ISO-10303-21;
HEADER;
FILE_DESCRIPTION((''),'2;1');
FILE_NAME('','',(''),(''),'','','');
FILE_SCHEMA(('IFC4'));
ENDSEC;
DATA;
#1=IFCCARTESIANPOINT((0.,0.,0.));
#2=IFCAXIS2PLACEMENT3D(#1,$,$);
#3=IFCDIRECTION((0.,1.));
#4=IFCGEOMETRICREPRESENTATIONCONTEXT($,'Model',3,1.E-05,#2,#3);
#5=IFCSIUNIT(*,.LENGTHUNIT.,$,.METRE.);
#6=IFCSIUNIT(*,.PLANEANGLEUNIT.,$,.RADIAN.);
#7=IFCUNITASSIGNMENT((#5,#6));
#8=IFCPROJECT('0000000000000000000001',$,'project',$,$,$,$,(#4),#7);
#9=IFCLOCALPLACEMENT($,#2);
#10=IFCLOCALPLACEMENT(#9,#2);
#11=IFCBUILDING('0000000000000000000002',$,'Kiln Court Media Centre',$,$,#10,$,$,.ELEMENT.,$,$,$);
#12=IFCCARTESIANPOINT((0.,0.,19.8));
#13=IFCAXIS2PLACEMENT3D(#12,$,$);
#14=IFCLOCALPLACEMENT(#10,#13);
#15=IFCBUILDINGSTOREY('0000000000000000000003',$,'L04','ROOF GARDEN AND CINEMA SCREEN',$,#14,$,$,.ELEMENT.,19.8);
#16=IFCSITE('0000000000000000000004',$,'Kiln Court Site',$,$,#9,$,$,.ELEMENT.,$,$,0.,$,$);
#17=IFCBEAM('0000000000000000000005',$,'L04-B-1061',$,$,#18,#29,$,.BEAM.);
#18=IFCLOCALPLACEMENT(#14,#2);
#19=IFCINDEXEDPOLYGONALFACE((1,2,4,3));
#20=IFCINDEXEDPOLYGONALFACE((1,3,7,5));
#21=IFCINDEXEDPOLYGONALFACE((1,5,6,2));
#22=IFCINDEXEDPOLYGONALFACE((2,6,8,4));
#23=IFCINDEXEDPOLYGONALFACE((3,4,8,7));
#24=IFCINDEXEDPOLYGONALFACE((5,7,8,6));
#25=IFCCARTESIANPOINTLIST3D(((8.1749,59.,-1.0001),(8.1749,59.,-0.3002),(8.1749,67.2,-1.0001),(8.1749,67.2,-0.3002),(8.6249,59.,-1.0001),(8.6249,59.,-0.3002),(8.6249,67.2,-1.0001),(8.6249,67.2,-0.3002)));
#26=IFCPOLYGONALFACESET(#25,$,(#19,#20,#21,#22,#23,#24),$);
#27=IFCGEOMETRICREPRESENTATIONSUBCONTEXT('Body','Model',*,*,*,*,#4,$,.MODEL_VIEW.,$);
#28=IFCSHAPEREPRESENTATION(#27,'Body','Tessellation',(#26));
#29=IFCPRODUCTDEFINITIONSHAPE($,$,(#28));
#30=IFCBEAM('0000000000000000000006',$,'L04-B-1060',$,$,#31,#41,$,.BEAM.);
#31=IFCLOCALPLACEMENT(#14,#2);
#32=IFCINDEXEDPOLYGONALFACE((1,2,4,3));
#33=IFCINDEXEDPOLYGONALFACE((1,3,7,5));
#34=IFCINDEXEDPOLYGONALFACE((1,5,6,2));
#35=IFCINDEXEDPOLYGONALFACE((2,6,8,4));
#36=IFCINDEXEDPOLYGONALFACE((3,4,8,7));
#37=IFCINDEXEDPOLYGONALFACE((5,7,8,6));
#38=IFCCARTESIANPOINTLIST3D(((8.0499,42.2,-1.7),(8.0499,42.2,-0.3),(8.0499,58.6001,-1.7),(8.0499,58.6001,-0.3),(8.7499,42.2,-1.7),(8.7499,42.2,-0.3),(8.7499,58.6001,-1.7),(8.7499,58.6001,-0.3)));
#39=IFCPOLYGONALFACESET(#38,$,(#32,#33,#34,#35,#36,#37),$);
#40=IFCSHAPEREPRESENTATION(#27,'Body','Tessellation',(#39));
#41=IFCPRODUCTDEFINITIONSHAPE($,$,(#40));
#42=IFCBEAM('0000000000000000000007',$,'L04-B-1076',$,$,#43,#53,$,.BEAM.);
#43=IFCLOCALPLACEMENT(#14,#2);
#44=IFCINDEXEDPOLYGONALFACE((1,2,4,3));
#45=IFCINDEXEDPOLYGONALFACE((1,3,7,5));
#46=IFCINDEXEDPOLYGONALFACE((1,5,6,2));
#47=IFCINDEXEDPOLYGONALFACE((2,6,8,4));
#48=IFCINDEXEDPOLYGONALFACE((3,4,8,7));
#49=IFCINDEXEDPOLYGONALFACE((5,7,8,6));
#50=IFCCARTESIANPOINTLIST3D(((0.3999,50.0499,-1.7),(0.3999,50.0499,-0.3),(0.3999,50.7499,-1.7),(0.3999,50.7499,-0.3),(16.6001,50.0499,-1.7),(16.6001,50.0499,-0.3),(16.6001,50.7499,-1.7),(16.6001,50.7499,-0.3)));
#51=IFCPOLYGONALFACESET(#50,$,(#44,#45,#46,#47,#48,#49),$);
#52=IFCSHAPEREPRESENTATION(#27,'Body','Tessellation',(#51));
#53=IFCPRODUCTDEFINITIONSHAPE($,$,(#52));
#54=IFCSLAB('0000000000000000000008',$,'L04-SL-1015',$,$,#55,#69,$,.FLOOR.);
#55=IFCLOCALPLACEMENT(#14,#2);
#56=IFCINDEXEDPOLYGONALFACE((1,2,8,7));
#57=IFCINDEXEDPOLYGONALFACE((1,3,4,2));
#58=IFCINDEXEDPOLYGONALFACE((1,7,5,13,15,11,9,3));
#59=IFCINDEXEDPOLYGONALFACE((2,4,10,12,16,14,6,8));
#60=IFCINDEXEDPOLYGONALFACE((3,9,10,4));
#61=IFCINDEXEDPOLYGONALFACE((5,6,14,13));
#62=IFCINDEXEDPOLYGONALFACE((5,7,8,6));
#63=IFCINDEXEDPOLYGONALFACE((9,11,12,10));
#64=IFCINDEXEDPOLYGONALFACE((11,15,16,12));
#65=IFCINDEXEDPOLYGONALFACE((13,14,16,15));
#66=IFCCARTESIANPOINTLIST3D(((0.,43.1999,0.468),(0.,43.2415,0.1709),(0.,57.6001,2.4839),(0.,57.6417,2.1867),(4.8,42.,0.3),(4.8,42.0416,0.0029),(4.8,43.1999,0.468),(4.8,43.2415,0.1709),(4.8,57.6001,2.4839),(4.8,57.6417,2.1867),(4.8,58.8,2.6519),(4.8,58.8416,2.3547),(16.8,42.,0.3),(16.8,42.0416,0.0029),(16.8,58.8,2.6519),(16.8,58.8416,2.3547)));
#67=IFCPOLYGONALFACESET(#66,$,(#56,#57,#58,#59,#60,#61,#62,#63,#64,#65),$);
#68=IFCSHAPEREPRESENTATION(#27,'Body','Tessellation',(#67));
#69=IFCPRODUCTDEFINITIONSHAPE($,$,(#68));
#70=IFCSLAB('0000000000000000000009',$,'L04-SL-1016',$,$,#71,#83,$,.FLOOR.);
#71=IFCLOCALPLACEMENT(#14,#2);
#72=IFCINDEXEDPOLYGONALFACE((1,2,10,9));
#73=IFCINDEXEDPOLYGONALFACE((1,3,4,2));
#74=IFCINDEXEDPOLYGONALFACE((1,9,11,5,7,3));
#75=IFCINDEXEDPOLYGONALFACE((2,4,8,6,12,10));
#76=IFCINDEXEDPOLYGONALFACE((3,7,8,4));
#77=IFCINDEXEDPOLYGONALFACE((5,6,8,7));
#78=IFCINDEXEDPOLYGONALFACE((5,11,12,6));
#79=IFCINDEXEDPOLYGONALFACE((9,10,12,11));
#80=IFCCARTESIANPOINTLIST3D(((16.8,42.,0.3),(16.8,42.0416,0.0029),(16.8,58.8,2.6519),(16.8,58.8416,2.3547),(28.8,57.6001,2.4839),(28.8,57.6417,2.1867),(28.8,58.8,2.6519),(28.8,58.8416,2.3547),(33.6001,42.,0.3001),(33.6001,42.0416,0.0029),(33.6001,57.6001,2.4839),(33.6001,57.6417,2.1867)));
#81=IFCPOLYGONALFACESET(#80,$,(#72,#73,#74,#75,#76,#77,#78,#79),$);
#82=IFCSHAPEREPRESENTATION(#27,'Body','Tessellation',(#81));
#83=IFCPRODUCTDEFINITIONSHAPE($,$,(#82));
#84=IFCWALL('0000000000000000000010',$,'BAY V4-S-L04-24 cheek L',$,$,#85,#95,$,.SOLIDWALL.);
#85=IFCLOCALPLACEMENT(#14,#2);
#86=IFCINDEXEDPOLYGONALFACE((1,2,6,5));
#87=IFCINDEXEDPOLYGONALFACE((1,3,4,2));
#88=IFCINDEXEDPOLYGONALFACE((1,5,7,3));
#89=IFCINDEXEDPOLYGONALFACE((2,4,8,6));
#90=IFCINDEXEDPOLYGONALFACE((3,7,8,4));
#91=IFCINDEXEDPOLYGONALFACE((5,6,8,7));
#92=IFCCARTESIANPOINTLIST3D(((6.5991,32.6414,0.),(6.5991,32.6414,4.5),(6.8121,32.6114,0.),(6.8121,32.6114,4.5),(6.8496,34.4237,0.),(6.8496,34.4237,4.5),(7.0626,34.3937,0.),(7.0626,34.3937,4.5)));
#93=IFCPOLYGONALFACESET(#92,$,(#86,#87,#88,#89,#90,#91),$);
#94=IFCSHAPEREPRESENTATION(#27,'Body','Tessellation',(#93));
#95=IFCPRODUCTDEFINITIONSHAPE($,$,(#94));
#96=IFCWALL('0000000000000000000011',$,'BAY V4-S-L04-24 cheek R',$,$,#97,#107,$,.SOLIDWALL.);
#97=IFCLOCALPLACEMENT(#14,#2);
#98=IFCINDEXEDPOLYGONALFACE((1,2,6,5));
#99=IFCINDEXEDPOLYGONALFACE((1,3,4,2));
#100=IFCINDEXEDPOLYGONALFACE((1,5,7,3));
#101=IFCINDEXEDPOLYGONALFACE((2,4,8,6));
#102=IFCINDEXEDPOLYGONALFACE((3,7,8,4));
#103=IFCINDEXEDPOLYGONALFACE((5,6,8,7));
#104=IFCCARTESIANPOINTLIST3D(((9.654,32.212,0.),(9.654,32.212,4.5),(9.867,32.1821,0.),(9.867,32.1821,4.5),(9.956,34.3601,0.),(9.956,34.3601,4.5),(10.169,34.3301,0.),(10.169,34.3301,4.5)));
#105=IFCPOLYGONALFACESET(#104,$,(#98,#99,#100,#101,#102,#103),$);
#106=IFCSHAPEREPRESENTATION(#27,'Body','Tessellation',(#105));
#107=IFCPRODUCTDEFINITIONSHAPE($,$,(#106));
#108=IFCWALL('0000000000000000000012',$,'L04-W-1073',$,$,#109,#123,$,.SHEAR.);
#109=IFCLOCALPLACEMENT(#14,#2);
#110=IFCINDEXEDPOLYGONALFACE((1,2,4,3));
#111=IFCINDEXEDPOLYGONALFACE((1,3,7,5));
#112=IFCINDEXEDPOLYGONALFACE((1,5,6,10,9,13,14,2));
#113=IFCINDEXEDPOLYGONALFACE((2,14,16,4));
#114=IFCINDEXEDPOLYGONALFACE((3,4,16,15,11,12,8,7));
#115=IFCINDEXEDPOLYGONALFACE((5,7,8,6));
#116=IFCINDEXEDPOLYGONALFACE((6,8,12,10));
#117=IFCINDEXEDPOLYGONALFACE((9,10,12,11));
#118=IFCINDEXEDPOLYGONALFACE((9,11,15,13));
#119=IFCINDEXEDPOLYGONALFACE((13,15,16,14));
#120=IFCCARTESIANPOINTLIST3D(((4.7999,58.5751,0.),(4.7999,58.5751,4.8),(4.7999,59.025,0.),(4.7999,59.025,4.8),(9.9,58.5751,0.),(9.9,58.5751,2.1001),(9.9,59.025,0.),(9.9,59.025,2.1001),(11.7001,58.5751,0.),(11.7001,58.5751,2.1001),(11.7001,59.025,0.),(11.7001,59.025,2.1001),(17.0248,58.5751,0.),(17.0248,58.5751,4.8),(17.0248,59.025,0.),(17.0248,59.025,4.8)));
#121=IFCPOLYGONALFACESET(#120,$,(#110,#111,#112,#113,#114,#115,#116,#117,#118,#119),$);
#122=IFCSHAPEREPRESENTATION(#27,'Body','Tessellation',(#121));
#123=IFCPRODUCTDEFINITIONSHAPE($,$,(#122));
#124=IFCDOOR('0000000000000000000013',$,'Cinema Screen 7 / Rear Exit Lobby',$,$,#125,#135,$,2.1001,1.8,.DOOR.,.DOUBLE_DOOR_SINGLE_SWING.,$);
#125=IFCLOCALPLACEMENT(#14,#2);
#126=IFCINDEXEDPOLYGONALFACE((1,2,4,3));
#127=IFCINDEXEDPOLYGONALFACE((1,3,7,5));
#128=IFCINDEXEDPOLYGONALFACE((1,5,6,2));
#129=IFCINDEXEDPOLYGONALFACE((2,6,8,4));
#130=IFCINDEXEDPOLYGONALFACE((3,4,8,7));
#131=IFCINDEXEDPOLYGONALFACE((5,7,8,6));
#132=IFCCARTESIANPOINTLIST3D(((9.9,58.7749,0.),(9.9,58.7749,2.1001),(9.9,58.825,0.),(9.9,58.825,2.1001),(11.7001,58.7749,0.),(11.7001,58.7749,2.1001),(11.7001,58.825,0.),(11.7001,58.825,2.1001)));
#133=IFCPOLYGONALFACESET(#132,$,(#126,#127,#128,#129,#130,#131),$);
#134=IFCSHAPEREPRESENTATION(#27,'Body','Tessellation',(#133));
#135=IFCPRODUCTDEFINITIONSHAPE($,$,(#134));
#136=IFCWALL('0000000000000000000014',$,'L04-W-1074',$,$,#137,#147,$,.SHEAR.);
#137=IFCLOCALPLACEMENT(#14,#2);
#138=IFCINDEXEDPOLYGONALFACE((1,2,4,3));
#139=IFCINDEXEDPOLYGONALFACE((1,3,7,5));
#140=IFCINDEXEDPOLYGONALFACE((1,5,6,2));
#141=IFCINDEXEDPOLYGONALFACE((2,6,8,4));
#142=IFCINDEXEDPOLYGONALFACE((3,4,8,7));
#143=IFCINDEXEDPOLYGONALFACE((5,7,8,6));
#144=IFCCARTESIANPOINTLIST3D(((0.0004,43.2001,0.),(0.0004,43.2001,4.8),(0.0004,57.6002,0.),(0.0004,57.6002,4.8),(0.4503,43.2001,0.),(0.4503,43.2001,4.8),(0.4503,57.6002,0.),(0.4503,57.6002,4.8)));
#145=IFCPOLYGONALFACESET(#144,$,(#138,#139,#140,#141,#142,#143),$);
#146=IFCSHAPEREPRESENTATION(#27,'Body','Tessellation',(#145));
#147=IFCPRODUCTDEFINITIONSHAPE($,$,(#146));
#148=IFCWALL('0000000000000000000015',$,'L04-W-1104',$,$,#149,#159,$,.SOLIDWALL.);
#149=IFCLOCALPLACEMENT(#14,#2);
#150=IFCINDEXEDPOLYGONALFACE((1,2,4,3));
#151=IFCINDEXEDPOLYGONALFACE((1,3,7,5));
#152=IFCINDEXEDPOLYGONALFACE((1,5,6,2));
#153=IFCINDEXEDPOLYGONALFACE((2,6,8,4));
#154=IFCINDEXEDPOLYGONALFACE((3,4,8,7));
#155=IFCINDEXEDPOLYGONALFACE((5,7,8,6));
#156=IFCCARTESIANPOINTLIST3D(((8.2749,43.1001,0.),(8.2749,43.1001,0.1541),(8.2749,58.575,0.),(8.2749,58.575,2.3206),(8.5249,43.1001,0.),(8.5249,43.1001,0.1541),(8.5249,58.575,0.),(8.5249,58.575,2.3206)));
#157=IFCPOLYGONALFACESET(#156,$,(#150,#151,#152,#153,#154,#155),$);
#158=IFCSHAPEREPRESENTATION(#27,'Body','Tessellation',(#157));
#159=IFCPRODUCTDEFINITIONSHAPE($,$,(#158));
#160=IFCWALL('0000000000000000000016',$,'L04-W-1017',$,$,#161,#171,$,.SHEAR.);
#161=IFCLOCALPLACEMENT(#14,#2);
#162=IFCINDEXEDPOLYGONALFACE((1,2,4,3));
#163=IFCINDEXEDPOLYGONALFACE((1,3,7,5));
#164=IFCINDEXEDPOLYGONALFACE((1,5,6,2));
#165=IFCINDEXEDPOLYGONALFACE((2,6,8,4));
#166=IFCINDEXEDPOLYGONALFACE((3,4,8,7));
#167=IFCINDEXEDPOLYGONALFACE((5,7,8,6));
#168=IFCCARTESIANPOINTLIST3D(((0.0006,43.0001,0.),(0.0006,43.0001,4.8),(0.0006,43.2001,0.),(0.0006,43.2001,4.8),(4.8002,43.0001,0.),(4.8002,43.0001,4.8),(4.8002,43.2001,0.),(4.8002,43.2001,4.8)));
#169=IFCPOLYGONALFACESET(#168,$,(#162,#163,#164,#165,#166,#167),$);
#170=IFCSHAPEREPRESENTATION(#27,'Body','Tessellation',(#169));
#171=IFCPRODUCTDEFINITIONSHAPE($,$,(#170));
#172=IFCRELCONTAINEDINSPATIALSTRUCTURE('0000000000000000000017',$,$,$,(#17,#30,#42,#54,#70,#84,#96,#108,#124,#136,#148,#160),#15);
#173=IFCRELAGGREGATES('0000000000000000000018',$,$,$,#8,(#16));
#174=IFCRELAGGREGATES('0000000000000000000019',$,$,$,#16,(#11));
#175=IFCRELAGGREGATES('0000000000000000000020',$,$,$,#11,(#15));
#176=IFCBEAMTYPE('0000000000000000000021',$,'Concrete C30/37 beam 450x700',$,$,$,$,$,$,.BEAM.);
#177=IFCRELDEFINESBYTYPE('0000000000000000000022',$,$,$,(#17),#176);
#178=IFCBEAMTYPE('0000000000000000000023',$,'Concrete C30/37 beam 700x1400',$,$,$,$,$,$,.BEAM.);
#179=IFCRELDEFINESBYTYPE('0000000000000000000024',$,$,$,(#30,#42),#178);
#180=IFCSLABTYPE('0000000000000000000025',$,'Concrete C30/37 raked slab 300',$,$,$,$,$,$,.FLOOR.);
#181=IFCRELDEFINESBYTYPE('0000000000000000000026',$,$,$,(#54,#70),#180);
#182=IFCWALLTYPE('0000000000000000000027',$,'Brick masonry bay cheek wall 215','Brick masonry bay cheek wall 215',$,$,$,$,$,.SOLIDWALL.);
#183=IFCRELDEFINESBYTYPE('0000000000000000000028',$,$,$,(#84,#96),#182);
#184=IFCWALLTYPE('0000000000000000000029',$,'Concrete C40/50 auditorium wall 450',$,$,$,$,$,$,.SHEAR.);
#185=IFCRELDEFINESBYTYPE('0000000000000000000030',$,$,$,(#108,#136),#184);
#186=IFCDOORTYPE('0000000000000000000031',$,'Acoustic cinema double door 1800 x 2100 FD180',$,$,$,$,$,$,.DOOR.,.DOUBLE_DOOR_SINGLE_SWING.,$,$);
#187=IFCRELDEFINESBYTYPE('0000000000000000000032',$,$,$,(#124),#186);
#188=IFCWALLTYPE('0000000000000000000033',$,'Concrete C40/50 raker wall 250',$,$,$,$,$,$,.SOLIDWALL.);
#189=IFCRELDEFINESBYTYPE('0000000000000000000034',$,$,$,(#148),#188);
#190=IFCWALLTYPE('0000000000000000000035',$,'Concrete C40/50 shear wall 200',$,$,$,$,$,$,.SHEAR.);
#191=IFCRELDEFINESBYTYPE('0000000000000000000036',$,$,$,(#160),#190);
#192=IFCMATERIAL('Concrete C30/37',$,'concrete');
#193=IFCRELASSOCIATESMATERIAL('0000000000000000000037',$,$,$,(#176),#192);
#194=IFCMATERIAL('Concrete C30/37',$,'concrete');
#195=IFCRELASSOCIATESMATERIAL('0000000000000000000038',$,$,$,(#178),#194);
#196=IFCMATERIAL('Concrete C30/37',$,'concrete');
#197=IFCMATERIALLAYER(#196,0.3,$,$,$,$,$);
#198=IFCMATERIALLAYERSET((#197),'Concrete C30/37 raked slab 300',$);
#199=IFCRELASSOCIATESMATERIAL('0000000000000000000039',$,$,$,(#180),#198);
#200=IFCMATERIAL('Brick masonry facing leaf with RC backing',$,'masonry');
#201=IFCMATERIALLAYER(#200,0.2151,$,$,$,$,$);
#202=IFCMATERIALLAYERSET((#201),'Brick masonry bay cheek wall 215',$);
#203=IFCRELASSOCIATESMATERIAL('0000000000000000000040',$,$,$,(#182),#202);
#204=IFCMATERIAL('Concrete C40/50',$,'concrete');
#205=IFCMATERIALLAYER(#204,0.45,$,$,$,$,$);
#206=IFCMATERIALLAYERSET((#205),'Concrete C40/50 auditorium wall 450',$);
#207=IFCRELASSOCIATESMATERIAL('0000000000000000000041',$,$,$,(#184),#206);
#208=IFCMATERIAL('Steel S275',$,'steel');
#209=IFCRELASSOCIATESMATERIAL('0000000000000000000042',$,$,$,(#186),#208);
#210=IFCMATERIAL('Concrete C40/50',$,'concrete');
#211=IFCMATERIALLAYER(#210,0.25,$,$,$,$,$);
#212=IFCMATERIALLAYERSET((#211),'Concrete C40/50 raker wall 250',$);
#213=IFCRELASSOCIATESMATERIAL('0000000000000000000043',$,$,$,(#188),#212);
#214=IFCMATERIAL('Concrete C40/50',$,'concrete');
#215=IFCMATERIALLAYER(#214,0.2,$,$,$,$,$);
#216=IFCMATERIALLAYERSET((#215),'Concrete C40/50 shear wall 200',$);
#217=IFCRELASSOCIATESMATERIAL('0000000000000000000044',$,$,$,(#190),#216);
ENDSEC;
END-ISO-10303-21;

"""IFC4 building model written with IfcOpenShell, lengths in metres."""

from ifc_helpers import new_model, si_unit, direction, frame, frame_2d, origin, origin_2d, place, context, subcontext, project, spatial, polyline, rectangle, outline, extrude, material, layer, layer_set, material_profile, profile_set, type_object, element, fill, save


model = new_model("IFC4")

# Units and contexts
model_context = context("Model", 3, precision=1e-05, world=origin(), true_north=direction((0.0, 1.0)))
body_context = subcontext(model_context, "Body", "Model", "MODEL_VIEW")
ifc_project = project(units=[si_unit("LENGTHUNIT", "METRE"), si_unit("PLANEANGLEUNIT", "RADIAN")], contexts=[model_context])

# Site, building, storey
site_placement = place(None, origin())
site = spatial("IfcSite", under=ifc_project, at=site_placement, Name="Kiln Court Site", CompositionType="ELEMENT", RefElevation=0.0)
building_placement = place(site_placement, origin())
building = spatial("IfcBuilding", under=site, at=building_placement, Name="Kiln Court Media Centre", CompositionType="ELEMENT")
storey_placement = place(building_placement, frame((0.0, 0.0, 19.8)))
storey = spatial("IfcBuildingStorey", under=building, at=storey_placement, Name="L04", Description="ROOF GARDEN AND CINEMA SCREEN", CompositionType="ELEMENT", Elevation=19.8)

# Beams
ifc_material_1 = material(Name="Concrete C30/37", Category="concrete")
ifc_material_profile_1 = material_profile(ifc_material_1, rectangle(XDim=0.45, YDim=0.7, at=origin_2d()), Name="RC 450x700")
ifc_profile_set_1 = profile_set([ifc_material_profile_1], Name="Concrete C30/37")
beam_type_1 = type_object("IfcBeamType", Name="Concrete C30/37 beam 450x700", PredefinedType="BEAM", material=ifc_profile_set_1)
beam_1_placement = place(storey_placement, frame((8.3999, 59.0, -0.6501), z_axis=(0.0, 1.0, 0.0), x_axis=(-1.0, 0.0, 0.0)))
element("IfcBeam", 1, at=beam_1_placement, inside=storey, type_object=beam_type_1, Name="L04-B-1061", PredefinedType="BEAM", context=body_context, shape_type="SweptSolid", body=[
    extrude(rectangle(XDim=0.45, YDim=0.7, at=origin_2d()), origin(), (0.0, 0.0, 1.0), 8.2),
])
ifc_material_2 = material(Name="Concrete C30/37", Category="concrete")
ifc_material_profile_2 = material_profile(ifc_material_2, rectangle(XDim=0.7, YDim=1.3999, at=origin_2d()), Name="RC 700x1400")
ifc_profile_set_2 = profile_set([ifc_material_profile_2], Name="Concrete C30/37")
beam_type_2 = type_object("IfcBeamType", Name="Concrete C30/37 beam 700x1400", PredefinedType="BEAM", material=ifc_profile_set_2)
beam_2_placement = place(storey_placement, frame((8.3999, 42.2, -1.0), z_axis=(0.0, 1.0, 0.0), x_axis=(-1.0, 0.0, 0.0)))
element("IfcBeam", 2, at=beam_2_placement, inside=storey, type_object=beam_type_2, Name="L04-B-1060", PredefinedType="BEAM", context=body_context, shape_type="SweptSolid", body=[
    extrude(rectangle(XDim=0.7, YDim=1.3999, at=origin_2d()), origin(), (0.0, 0.0, 1.0), 16.4001),
])
beam_3_placement = place(storey_placement, frame((0.3999, 50.3999, -1.0), z_axis=(1.0, 0.0, 0.0), x_axis=(0.0, 1.0, 0.0)))
element("IfcBeam", 3, at=beam_3_placement, inside=storey, type_object=beam_type_2, Name="L04-B-1076", PredefinedType="BEAM", context=body_context, shape_type="SweptSolid", body=[
    extrude(rectangle(XDim=0.7, YDim=1.3999, at=origin_2d()), origin(), (0.0, 0.0, 1.0), 16.2002),
])

# Slabs
ifc_material_3 = material(Name="Concrete C30/37", Category="concrete")
ifc_layer_1 = layer(ifc_material_3, 0.3)
ifc_layer_set_1 = layer_set([ifc_layer_1], Name="Concrete C30/37 raked slab 300")
slab_type = type_object("IfcSlabType", Name="Concrete C30/37 raked slab 300", PredefinedType="FLOOR", material=ifc_layer_set_1)
slab_1_placement = place(storey_placement, frame((4.8, 42.0, 0.3), z_axis=(0.0, -0.138637, 0.990343), x_axis=(0.0, 0.990343, 0.138637)))
element("IfcSlab", 4, at=slab_1_placement, inside=storey, type_object=slab_type, Name="L04-SL-1015", PredefinedType="FLOOR", context=body_context, shape_type="SweptSolid", body=[
    extrude(outline(polyline([(0.0, 0.0), (1.2117, 0.0), (1.2117, 4.8), (15.7522, 4.8), (15.7522, 0.0), (16.9639, 0.0), (16.9639, -12.0), (0.0, -12.0), (0.0, 0.0)])), origin(), (0.0, 0.0, -1.0), 0.3),
])
slab_2_placement = place(storey_placement, frame((16.8, 42.0, 0.3), z_axis=(0.0, -0.138636, 0.990343), x_axis=(0.0, 0.990343, 0.138636)))
element("IfcSlab", 5, at=slab_2_placement, inside=storey, type_object=slab_type, Name="L04-SL-1016", PredefinedType="FLOOR", context=body_context, shape_type="SweptSolid", body=[
    extrude(outline(polyline([(0.0, 0.0), (16.9639, 0.0), (16.9639, -12.0), (15.7522, -12.0), (15.7522, -16.8), (0.0, -16.8), (0.0, 0.0)])), origin(), (0.0, 0.0, -1.0), 0.3),
])

# Walls
ifc_material_4 = material(Name="Brick masonry facing leaf with RC backing", Category="masonry")
ifc_layer_2 = layer(ifc_material_4, 0.2151)
ifc_layer_set_2 = layer_set([ifc_layer_2], Name="Brick masonry bay cheek wall 215")
wall_type_1 = type_object("IfcWallType", Name="Brick masonry bay cheek wall 215", Description="Brick masonry bay cheek wall 215", PredefinedType="SOLIDWALL", material=ifc_layer_set_2)
wall_1_placement = place(storey_placement, frame((6.9561, 34.4087, 0.0), z_axis=(0.0, 0.0, 1.0), x_axis=(-0.13918, -0.990267, 0.0)))
element("IfcWall", 6, at=wall_1_placement, inside=storey, type_object=wall_type_1, Name="BAY V4-S-L04-24 cheek L", PredefinedType="SOLIDWALL", context=body_context, shape_type="SweptSolid", body=[
    extrude(rectangle(XDim=1.7998, YDim=0.2151, at=frame_2d((0.8999, 0.0))), origin(), (0.0, 0.0, 1.0), 4.5),
])
wall_2_placement = place(storey_placement, frame((10.0625, 34.345, 0.0), z_axis=(0.0, 0.0, 1.0), x_axis=(-0.139231, -0.99026, 0.0)))
element("IfcWall", 7, at=wall_2_placement, inside=storey, type_object=wall_type_1, Name="BAY V4-S-L04-24 cheek R", PredefinedType="SOLIDWALL", context=body_context, shape_type="SweptSolid", body=[
    extrude(rectangle(XDim=2.1692, YDim=0.2151, at=frame_2d((1.0845, 0.0))), origin(), (0.0, 0.0, 1.0), 4.5),
])

# Wall, opening, door
ifc_material_5 = material(Name="Concrete C40/50", Category="concrete")
ifc_layer_3 = layer(ifc_material_5, 0.45)
ifc_layer_set_3 = layer_set([ifc_layer_3], Name="Concrete C40/50 auditorium wall 450")
wall_type_2 = type_object("IfcWallType", Name="Concrete C40/50 auditorium wall 450", PredefinedType="SHEAR", material=ifc_layer_set_3)
wall_3_placement = place(storey_placement, frame((4.8, 58.8, 0.0), z_axis=(0.0, 0.0, 1.0), x_axis=(1.0, 0.0, 0.0)))
wall_3 = element("IfcWall", 8, at=wall_3_placement, inside=storey, type_object=wall_type_2, Name="L04-W-1073", PredefinedType="SHEAR", context=body_context, shape_type="SweptSolid", body=[
    extrude(rectangle(XDim=12.2249, YDim=0.45, at=frame_2d((6.1123, 0.0))), origin(), (0.0, 0.0, 1.0), 4.8),
])
opening_1_placement = place(wall_3_placement, frame((5.1001, 0.0, 0.0)))
opening_1 = element("IfcOpeningElement", 9, at=opening_1_placement, cuts=wall_3, PredefinedType="OPENING", context=body_context, shape_type="SweptSolid", body=[
    extrude(rectangle(XDim=1.8, YDim=2.1001, at=frame_2d((0.8999, 1.05))), frame((0.0, 0.2349, 0.0), z_axis=(0.0, -1.0, 0.0), x_axis=(1.0, 0.0, 0.0)), (0.0, 0.0, 1.0), 0.47),
])
ifc_material_6 = material(Name="Steel S275", Category="steel")
door_type_1 = type_object("IfcDoorType", Name="Acoustic cinema double door 1800 x 2100 FD180", OperationType="DOUBLE_DOOR_SINGLE_SWING", PredefinedType="DOOR", material=ifc_material_6)
door_1_placement = place(opening_1_placement, origin())
door_1 = element("IfcDoor", 10, at=door_1_placement, inside=storey, type_object=door_type_1, Name="Cinema Screen 7 / Rear Exit Lobby", OperationType="DOUBLE_DOOR_SINGLE_SWING", OverallHeight=2.1001, OverallWidth=1.8, PredefinedType="DOOR", context=body_context, shape_type="SweptSolid", body=[
    extrude(rectangle(XDim=1.8, YDim=2.1001, at=frame_2d((0.8999, 1.05))), frame((0.0, 0.0249, 0.0), z_axis=(0.0, -1.0, 0.0), x_axis=(1.0, 0.0, 0.0)), (0.0, 0.0, 1.0), 0.05),
])
fill(opening_1, door_1)

# Walls
wall_4_placement = place(storey_placement, frame((0.2253, 43.2, 0.0), z_axis=(0.0, 0.0, 1.0), x_axis=(0.0, 1.0, 0.0)))
element("IfcWall", 11, at=wall_4_placement, inside=storey, type_object=wall_type_2, Name="L04-W-1074", PredefinedType="SHEAR", context=body_context, shape_type="SweptSolid", body=[
    extrude(rectangle(XDim=14.4001, YDim=0.45, at=frame_2d((7.2002, 0.0))), origin(), (0.0, 0.0, 1.0), 4.8),
])
ifc_material_7 = material(Name="Concrete C40/50", Category="concrete")
ifc_layer_4 = layer(ifc_material_7, 0.25)
ifc_layer_set_4 = layer_set([ifc_layer_4], Name="Concrete C40/50 raker wall 250")
wall_type_3 = type_object("IfcWallType", Name="Concrete C40/50 raker wall 250", PredefinedType="SOLIDWALL", material=ifc_layer_set_4)
wall_5_placement = place(storey_placement, frame((8.3999, 43.1001, 0.0), z_axis=(0.0, 0.0, 1.0), x_axis=(0.0, 1.0, 0.0)))
element("IfcWall", 12, at=wall_5_placement, inside=storey, type_object=wall_type_3, Name="L04-W-1104", PredefinedType="SOLIDWALL", context=body_context, shape_type="SweptSolid", body=[
    extrude(outline(polyline([(0.0, 0.0), (15.4749, 0.0), (15.4749, 2.3206), (0.0, 0.1541), (0.0, 0.0)])), frame((0.0, 0.125, 0.0), z_axis=(0.0, -1.0, 0.0), x_axis=(1.0, 0.0, 0.0)), (0.0, 0.0, 1.0), 0.25),
])
ifc_material_8 = material(Name="Concrete C40/50", Category="concrete")
ifc_layer_5 = layer(ifc_material_8, 0.2)
ifc_layer_set_5 = layer_set([ifc_layer_5], Name="Concrete C40/50 shear wall 200")
wall_type_4 = type_object("IfcWallType", Name="Concrete C40/50 shear wall 200", PredefinedType="SHEAR", material=ifc_layer_set_5)
wall_6_placement = place(storey_placement, frame((0.0005, 43.1001, 0.0), z_axis=(0.0, 0.0, 1.0), x_axis=(1.0, 0.0, 0.0)))
element("IfcWall", 13, at=wall_6_placement, inside=storey, type_object=wall_type_4, Name="L04-W-1017", PredefinedType="SHEAR", context=body_context, shape_type="SweptSolid", body=[
    extrude(rectangle(XDim=4.7996, YDim=0.2, at=frame_2d((2.3999, 0.0))), origin(), (0.0, 0.0, 1.0), 4.8),
])

save(model, "model.ifc")
